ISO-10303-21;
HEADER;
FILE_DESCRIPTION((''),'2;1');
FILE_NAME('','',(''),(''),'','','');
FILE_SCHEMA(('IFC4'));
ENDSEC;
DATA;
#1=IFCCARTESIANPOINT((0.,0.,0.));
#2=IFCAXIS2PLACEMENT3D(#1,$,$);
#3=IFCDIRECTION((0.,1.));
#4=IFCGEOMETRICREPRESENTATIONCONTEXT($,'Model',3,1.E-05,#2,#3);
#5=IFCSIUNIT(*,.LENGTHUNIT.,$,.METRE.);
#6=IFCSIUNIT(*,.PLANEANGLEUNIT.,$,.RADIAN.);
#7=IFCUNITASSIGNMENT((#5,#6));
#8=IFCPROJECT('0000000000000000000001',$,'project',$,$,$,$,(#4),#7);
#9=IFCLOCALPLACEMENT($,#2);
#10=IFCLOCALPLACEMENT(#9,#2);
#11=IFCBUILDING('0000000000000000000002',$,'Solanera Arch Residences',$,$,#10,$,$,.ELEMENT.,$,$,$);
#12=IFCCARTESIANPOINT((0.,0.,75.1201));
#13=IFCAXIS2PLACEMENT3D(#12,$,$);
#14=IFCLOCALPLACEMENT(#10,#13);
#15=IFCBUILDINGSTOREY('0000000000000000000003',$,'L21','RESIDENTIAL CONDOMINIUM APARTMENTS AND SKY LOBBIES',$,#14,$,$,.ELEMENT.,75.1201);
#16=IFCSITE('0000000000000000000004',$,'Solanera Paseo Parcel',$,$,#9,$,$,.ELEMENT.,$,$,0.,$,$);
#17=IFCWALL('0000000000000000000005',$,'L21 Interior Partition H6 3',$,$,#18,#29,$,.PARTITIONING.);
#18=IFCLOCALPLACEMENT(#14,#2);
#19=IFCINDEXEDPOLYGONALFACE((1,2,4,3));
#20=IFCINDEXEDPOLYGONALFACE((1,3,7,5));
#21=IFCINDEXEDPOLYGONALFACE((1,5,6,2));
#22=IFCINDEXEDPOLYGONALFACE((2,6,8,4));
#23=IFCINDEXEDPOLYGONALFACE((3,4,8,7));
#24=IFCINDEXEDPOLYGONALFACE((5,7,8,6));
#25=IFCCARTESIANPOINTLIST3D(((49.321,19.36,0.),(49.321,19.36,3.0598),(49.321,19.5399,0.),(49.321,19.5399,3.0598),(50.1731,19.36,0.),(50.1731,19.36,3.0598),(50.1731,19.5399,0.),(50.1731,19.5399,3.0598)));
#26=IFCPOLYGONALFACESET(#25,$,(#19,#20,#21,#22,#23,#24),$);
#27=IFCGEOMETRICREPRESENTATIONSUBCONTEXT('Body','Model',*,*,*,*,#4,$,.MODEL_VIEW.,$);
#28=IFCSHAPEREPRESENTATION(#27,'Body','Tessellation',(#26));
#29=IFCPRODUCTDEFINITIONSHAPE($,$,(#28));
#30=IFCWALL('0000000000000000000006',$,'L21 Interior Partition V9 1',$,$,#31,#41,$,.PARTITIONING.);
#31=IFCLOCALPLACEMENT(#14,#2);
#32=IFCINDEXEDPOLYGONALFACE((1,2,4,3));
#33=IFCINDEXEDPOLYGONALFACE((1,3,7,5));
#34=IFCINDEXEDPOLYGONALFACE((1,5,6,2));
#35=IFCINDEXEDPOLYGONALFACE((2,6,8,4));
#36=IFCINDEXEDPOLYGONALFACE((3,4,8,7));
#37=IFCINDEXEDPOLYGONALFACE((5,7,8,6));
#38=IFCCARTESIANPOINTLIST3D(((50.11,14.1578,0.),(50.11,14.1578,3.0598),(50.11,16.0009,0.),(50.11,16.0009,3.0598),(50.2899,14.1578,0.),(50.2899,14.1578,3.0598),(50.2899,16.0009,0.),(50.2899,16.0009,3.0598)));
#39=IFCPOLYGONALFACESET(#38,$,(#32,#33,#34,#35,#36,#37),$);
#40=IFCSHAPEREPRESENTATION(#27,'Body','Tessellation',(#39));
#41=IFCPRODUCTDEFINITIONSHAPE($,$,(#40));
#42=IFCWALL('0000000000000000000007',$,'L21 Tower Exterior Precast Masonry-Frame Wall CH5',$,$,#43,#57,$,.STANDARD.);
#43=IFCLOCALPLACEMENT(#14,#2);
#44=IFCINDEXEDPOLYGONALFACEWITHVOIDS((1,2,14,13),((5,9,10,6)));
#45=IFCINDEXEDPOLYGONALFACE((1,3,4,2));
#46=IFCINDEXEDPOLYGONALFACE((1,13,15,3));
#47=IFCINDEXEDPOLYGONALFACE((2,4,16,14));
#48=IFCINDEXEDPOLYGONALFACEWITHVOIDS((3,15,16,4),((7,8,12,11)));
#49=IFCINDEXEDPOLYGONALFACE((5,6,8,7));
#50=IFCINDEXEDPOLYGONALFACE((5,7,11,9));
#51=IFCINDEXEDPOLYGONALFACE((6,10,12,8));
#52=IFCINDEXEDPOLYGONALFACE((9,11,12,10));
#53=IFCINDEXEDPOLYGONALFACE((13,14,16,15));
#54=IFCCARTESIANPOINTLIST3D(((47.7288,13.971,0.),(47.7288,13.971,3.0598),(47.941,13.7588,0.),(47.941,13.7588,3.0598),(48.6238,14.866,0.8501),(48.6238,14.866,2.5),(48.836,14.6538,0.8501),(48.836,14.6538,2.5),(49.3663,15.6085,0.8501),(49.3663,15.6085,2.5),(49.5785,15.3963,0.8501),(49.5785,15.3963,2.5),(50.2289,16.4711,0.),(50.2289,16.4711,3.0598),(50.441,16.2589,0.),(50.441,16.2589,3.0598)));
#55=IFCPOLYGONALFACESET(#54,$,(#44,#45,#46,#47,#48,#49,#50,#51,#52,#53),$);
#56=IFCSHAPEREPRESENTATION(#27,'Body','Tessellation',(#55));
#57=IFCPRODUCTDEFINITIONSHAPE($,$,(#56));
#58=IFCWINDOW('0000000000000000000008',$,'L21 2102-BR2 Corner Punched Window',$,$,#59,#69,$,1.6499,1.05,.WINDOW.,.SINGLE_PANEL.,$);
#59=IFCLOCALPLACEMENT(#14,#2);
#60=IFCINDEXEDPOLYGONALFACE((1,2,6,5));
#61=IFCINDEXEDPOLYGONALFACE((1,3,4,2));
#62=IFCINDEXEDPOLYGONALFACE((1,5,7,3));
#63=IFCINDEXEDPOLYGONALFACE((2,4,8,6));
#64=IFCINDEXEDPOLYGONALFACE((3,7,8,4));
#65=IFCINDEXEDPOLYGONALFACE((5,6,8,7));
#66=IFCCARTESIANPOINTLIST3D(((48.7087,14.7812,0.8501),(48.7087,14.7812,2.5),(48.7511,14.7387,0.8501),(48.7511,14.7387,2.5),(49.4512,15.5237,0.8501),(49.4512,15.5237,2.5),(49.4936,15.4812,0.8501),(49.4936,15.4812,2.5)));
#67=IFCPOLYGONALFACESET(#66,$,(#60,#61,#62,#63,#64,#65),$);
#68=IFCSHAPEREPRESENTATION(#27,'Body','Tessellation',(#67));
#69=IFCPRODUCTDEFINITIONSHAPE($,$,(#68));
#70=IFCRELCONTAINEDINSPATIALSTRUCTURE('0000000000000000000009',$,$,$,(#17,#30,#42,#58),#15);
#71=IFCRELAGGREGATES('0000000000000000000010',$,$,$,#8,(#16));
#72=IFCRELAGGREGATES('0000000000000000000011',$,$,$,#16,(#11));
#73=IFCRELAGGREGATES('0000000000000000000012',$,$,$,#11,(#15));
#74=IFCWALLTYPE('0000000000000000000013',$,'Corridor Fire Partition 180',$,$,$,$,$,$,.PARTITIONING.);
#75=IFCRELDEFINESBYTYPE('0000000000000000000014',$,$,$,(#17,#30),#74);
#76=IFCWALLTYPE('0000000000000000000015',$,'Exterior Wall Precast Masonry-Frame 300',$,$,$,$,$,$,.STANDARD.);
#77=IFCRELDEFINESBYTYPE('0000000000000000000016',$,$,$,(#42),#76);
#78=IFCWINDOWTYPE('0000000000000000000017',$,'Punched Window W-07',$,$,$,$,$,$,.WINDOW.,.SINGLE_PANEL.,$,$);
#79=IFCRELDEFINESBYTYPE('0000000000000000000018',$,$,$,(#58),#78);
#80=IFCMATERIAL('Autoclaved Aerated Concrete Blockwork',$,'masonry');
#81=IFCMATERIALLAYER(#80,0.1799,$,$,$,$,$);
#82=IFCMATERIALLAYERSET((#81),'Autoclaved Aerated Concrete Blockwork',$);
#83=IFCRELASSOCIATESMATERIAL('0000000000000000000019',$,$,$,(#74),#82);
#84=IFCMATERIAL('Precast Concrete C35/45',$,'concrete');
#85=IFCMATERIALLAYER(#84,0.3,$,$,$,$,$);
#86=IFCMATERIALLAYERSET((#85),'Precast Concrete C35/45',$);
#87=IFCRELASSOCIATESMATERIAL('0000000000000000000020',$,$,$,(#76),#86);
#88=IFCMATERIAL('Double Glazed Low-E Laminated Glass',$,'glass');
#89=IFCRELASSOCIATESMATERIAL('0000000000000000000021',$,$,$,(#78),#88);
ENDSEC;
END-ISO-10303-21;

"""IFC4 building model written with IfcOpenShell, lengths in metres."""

from ifc_helpers import new_model, si_unit, direction, frame, frame_2d, origin, place, context, subcontext, project, spatial, rectangle, extrude, material, layer, layer_set, type_object, element, fill, save


model = new_model("IFC4")

# Units and contexts
model_context = context("Model", 3, precision=1e-05, world=origin(), true_north=direction((0.0, 1.0)))
body_context = subcontext(model_context, "Body", "Model", "MODEL_VIEW")
ifc_project = project(units=[si_unit("LENGTHUNIT", "METRE"), si_unit("PLANEANGLEUNIT", "RADIAN")], contexts=[model_context])

# Site, building, storey
site_placement = place(None, origin())
site = spatial("IfcSite", under=ifc_project, at=site_placement, Name="Solanera Paseo Parcel", CompositionType="ELEMENT", RefElevation=0.0)
building_placement = place(site_placement, origin())
building = spatial("IfcBuilding", under=site, at=building_placement, Name="Solanera Arch Residences", CompositionType="ELEMENT")
storey_placement = place(building_placement, frame((0.0, 0.0, 75.1201)))
storey = spatial("IfcBuildingStorey", under=building, at=storey_placement, Name="L21", Description="RESIDENTIAL CONDOMINIUM APARTMENTS AND SKY LOBBIES", CompositionType="ELEMENT", Elevation=75.1201)

# Walls
ifc_material_1 = material(Name="Autoclaved Aerated Concrete Blockwork", Category="masonry")
ifc_layer_1 = layer(ifc_material_1, 0.1799)
ifc_layer_set_1 = layer_set([ifc_layer_1], Name="Autoclaved Aerated Concrete Blockwork")
wall_type_1 = type_object("IfcWallType", Name="Corridor Fire Partition 180", PredefinedType="PARTITIONING", material=ifc_layer_set_1)
wall_1_placement = place(storey_placement, frame((49.321, 19.45, 0.0), z_axis=(0.0, 0.0, 1.0), x_axis=(1.0, 0.0, 0.0)))
element("IfcWall", 1, at=wall_1_placement, inside=storey, type_object=wall_type_1, Name="L21 Interior Partition H6 3", PredefinedType="PARTITIONING", context=body_context, shape_type="SweptSolid", body=[
    extrude(rectangle(XDim=0.8521, YDim=0.1799, at=frame_2d((0.426, 0.0))), origin(), (0.0, 0.0, 1.0), 3.0598),
])
wall_2_placement = place(storey_placement, frame((50.2, 14.158, 0.0), z_axis=(0.0, 0.0, 1.0), x_axis=(0.0, 1.0, 0.0)))
element("IfcWall", 2, at=wall_2_placement, inside=storey, type_object=wall_type_1, Name="L21 Interior Partition V9 1", PredefinedType="PARTITIONING", context=body_context, shape_type="SweptSolid", body=[
    extrude(rectangle(XDim=1.843, YDim=0.1799, at=frame_2d((0.9214, 0.0))), origin(), (0.0, 0.0, 1.0), 3.0598),
])

# Wall, opening, window
ifc_material_2 = material(Name="Precast Concrete C35/45", Category="concrete")
ifc_layer_2 = layer(ifc_material_2, 0.3)
ifc_layer_set_2 = layer_set([ifc_layer_2], Name="Precast Concrete C35/45")
wall_type_2 = type_object("IfcWallType", Name="Exterior Wall Precast Masonry-Frame 300", PredefinedType="STANDARD", material=ifc_layer_set_2)
wall_3_placement = place(storey_placement, frame((50.335, 16.365, 0.0), z_axis=(0.0, 0.0, 1.0), x_axis=(-0.707107, -0.707107, 0.0)))
wall_3 = element("IfcWall", 3, at=wall_3_placement, inside=storey, type_object=wall_type_2, Name="L21 Tower Exterior Precast Masonry-Frame Wall CH5", PredefinedType="STANDARD", context=body_context, shape_type="SweptSolid", body=[
    extrude(rectangle(XDim=3.5356, YDim=0.3, at=frame_2d((1.7678, 0.0))), origin(), (0.0, 0.0, 1.0), 3.0598),
])
opening_1_placement = place(wall_3_placement, frame((1.22, 0.0, 0.8501)))
opening_1 = element("IfcOpeningElement", 4, at=opening_1_placement, cuts=wall_3, PredefinedType="OPENING", context=body_context, shape_type="SweptSolid", body=[
    extrude(rectangle(XDim=1.05, YDim=1.6499, at=frame_2d((0.5249, 0.825))), frame((0.0, 0.1599, 0.0), z_axis=(0.0, -1.0, 0.0), x_axis=(1.0, 0.0, 0.0)), (0.0, 0.0, 1.0), 0.32),
])
ifc_material_3 = material(Name="Double Glazed Low-E Laminated Glass", Category="glass")
window_type_1 = type_object("IfcWindowType", Name="Punched Window W-07", PartitioningType="SINGLE_PANEL", PredefinedType="WINDOW", material=ifc_material_3)
window_1_placement = place(opening_1_placement, origin())
window_1 = element("IfcWindow", 5, at=window_1_placement, inside=storey, type_object=window_type_1, Name="L21 2102-BR2 Corner Punched Window", OverallHeight=1.6499, OverallWidth=1.05, PartitioningType="SINGLE_PANEL", PredefinedType="WINDOW", context=body_context, shape_type="SweptSolid", body=[
    extrude(rectangle(XDim=1.05, YDim=1.6499, at=frame_2d((0.5249, 0.825))), frame((0.0, 0.03, 0.0), z_axis=(0.0, -1.0, 0.0), x_axis=(1.0, 0.0, 0.0)), (0.0, 0.0, 1.0), 0.0601),
])
fill(opening_1, window_1)

save(model, "model.ifc")
